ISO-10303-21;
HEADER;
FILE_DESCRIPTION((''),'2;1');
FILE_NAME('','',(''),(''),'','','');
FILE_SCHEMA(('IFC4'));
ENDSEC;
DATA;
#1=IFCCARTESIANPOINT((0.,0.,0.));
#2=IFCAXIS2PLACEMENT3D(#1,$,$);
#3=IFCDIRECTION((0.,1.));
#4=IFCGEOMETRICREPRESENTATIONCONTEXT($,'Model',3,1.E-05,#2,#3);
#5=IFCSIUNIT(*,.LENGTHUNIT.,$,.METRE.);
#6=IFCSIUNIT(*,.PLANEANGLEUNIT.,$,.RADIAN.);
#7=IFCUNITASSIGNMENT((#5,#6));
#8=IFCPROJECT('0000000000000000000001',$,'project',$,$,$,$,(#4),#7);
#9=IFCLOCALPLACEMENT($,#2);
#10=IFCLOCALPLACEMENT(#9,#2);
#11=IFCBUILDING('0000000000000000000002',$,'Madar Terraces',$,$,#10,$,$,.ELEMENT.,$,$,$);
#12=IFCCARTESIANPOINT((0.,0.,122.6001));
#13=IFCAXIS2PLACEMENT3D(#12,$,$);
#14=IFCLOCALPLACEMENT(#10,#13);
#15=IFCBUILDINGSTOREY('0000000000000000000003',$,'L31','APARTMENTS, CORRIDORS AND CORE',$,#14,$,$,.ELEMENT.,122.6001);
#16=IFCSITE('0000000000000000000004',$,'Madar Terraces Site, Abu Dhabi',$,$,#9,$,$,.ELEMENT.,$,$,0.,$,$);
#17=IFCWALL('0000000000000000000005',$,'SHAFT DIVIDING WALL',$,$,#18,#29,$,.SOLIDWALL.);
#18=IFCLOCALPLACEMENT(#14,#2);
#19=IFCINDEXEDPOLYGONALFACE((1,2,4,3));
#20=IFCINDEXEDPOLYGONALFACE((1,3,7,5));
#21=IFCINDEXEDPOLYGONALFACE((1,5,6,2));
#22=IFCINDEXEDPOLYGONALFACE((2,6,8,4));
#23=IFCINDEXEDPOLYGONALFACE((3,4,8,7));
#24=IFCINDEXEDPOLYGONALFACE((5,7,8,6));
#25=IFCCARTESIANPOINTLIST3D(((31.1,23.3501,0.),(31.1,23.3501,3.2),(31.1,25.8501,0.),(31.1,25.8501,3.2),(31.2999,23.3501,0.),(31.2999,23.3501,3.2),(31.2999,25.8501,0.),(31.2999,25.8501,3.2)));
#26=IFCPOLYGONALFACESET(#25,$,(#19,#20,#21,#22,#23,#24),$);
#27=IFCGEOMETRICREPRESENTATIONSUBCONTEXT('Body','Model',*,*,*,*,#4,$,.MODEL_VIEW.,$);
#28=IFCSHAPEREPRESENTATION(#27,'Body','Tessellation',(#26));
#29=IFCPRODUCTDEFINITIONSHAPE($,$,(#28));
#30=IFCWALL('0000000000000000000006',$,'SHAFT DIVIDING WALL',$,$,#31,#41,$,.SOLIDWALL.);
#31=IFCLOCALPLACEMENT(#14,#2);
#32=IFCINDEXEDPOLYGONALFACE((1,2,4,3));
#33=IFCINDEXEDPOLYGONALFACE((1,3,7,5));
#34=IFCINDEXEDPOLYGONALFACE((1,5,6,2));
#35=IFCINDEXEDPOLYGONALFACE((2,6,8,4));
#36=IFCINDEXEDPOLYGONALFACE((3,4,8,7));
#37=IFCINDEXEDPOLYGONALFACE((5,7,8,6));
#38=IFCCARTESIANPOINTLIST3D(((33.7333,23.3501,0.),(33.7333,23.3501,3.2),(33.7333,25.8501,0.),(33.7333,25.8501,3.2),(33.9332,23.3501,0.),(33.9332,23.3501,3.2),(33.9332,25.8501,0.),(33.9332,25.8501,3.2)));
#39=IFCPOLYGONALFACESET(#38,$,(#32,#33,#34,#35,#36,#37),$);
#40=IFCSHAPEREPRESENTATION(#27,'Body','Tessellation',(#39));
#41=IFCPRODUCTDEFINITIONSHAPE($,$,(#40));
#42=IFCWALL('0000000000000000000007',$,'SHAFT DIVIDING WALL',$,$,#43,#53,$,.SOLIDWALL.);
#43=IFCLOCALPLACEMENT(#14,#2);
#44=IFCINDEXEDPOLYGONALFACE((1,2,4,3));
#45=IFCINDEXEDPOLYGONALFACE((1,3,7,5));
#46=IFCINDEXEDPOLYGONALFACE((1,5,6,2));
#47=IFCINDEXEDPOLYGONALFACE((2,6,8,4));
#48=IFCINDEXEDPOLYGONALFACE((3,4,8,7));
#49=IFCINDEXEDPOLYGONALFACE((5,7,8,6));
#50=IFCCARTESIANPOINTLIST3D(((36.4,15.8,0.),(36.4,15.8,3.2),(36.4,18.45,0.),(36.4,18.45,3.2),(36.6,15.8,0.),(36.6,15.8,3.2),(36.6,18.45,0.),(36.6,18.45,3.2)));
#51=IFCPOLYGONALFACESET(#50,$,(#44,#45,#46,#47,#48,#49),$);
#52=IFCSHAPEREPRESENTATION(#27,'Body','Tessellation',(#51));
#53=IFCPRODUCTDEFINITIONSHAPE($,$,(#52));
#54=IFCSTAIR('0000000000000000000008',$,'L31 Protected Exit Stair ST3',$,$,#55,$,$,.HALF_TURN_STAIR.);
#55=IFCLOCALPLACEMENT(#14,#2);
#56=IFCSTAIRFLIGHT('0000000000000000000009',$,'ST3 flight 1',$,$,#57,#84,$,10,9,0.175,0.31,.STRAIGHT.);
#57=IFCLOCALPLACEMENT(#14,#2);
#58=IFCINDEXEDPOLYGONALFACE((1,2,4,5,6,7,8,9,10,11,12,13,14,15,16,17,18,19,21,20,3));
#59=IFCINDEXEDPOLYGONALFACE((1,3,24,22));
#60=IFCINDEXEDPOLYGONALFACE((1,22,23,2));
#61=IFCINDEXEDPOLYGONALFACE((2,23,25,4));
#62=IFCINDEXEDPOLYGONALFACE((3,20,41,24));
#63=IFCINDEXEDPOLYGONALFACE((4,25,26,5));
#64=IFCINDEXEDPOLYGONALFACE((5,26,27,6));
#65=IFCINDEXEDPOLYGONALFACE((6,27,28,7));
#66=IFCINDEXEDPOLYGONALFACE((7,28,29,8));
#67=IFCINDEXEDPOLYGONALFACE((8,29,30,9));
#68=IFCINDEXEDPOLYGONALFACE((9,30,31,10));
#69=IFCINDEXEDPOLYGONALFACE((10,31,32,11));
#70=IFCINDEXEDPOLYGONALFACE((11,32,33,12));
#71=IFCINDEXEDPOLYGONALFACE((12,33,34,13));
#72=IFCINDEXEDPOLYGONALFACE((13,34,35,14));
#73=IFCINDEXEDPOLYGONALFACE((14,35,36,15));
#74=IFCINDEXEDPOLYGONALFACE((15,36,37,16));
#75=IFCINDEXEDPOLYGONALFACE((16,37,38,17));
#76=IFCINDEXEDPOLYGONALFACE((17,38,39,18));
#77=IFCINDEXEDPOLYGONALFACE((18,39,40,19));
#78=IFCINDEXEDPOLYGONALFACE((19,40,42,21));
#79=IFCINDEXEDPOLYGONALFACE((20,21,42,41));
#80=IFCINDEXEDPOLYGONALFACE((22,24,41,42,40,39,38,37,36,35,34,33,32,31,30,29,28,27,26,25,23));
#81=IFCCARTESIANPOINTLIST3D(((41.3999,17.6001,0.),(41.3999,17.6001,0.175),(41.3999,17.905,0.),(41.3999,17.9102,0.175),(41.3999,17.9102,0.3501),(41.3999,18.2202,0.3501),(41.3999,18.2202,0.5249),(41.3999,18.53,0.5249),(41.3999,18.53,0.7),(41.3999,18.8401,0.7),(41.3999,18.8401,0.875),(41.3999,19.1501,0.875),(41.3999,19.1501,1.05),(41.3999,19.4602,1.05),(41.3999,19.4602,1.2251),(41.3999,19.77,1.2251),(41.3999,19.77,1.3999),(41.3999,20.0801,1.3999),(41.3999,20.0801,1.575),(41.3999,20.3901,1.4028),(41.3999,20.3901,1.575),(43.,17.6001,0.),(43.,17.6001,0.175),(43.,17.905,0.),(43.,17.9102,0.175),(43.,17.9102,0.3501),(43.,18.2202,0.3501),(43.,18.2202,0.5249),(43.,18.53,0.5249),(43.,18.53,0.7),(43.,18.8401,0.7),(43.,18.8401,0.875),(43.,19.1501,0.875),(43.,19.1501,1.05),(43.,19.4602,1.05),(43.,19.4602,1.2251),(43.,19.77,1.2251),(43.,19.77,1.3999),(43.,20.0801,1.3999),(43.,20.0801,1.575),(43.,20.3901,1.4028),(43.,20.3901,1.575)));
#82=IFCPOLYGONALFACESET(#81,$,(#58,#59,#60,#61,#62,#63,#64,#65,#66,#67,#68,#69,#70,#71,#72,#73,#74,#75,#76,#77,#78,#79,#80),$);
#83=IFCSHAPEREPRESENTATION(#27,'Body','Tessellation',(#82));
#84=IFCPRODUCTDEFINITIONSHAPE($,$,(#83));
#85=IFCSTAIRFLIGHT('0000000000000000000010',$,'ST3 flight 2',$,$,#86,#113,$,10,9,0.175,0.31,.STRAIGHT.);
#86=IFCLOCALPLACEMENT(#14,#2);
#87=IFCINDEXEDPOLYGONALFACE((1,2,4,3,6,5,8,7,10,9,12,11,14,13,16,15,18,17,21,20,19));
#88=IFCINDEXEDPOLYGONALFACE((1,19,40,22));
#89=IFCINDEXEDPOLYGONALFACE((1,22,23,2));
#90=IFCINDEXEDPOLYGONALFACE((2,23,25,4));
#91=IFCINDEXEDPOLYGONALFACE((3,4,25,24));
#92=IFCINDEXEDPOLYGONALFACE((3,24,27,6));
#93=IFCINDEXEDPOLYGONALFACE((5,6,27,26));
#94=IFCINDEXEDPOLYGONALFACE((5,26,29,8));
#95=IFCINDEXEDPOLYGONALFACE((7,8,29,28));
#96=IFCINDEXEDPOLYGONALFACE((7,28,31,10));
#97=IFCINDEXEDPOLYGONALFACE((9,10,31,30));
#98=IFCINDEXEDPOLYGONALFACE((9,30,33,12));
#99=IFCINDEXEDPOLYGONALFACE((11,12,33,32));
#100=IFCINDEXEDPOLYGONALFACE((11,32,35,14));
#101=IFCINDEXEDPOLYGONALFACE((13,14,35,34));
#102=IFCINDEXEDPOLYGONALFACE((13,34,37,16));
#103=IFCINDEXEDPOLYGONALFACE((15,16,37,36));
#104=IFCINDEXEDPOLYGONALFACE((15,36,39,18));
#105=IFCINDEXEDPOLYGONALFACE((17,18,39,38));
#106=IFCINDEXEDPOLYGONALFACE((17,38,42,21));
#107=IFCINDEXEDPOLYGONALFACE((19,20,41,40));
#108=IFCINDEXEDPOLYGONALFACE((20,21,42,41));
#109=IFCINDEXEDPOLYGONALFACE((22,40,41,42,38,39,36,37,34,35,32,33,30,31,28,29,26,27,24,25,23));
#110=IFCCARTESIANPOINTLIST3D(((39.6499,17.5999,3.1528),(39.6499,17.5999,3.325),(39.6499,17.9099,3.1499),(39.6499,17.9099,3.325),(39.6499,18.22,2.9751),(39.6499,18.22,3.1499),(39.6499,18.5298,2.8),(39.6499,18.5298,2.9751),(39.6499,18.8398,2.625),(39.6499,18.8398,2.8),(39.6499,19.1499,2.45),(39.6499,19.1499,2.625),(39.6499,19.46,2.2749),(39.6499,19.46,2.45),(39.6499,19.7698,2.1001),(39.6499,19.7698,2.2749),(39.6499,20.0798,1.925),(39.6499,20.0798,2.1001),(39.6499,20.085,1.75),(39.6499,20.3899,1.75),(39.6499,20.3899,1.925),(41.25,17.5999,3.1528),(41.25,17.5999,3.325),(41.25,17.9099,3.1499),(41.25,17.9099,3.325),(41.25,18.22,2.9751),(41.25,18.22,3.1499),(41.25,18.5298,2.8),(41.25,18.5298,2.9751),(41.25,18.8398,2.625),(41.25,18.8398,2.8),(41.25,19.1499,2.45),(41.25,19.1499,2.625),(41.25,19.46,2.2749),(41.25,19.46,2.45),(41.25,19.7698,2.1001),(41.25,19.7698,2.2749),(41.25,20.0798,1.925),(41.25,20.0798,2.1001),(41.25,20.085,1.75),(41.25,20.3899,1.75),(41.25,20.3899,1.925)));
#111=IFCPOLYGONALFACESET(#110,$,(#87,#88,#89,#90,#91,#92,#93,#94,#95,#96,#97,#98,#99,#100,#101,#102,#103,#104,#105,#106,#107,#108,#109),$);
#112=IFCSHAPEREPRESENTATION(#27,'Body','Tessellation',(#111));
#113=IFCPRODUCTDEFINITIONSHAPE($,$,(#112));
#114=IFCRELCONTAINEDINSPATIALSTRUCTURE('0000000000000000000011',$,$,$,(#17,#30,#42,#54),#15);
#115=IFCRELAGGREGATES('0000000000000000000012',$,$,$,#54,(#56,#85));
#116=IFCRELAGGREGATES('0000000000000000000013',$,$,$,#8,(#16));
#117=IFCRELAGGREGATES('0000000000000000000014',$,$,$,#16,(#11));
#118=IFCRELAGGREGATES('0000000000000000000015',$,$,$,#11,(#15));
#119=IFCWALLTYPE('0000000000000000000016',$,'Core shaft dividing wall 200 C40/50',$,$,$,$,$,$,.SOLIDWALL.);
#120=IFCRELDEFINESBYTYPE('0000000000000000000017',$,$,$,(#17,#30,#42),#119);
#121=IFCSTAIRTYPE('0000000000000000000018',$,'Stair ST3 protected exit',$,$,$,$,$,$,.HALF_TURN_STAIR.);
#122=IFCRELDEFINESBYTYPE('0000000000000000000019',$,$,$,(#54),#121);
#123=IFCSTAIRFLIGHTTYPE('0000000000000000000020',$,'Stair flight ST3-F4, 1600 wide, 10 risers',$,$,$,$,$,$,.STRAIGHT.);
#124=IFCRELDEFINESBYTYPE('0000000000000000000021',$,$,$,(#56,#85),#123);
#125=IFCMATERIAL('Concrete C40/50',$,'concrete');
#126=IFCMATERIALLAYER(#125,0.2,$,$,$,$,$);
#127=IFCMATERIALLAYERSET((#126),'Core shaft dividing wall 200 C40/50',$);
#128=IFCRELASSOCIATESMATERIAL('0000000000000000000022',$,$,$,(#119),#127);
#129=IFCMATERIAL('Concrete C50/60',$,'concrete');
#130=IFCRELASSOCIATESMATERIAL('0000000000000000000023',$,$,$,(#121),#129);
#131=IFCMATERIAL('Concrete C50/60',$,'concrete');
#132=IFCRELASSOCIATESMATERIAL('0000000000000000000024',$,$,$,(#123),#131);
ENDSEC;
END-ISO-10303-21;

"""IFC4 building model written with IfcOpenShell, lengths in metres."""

from ifc_helpers import new_model, si_unit, direction, frame, frame_2d, origin, place, context, subcontext, project, spatial, polyline, rectangle, outline, extrude, material, layer, layer_set, type_object, element, aggregate, save


model = new_model("IFC4")

# Units and contexts
model_context = context("Model", 3, precision=1e-05, world=origin(), true_north=direction((0.0, 1.0)))
body_context = subcontext(model_context, "Body", "Model", "MODEL_VIEW")
ifc_project = project(units=[si_unit("LENGTHUNIT", "METRE"), si_unit("PLANEANGLEUNIT", "RADIAN")], contexts=[model_context])

# Site, building, storey
site_placement = place(None, origin())
site = spatial("IfcSite", under=ifc_project, at=site_placement, Name="Madar Terraces Site, Abu Dhabi", CompositionType="ELEMENT", RefElevation=0.0)
building_placement = place(site_placement, origin())
building = spatial("IfcBuilding", under=site, at=building_placement, Name="Madar Terraces", CompositionType="ELEMENT")
storey_placement = place(building_placement, frame((0.0, 0.0, 122.6001)))
storey = spatial("IfcBuildingStorey", under=building, at=storey_placement, Name="L31", Description="APARTMENTS, CORRIDORS AND CORE", CompositionType="ELEMENT", Elevation=122.6001)

# Walls
ifc_material_1 = material(Name="Concrete C40/50", Category="concrete")
ifc_layer_1 = layer(ifc_material_1, 0.2)
ifc_layer_set_1 = layer_set([ifc_layer_1], Name="Core shaft dividing wall 200 C40/50")
wall_type_1 = type_object("IfcWallType", Name="Core shaft dividing wall 200 C40/50", PredefinedType="SOLIDWALL", material=ifc_layer_set_1)
for number, where, z_axis, x_axis, name in (
    (1, (31.2, 23.3501, 0.0), (0.0, 0.0, 1.0), (0.0, 1.0, 0.0), "SHAFT DIVIDING WALL"),
    (2, (33.8333, 23.3501, 0.0), (0.0, 0.0, 1.0), (0.0, 1.0, 0.0), "SHAFT DIVIDING WALL"),
):
    element("IfcWall", number, at=place(storey_placement, frame(where, z_axis=z_axis, x_axis=x_axis)), inside=storey, type_object=wall_type_1, Name=name, PredefinedType="SOLIDWALL", context=body_context, shape_type="SweptSolid", body=[
        extrude(rectangle(XDim=2.5, YDim=0.2, at=frame_2d((1.25, 0.0))), origin(), (0.0, 0.0, 1.0), 3.2),
    ])
wall_1_placement = place(storey_placement, frame((36.5, 15.8, 0.0), z_axis=(0.0, 0.0, 1.0), x_axis=(0.0, 1.0, 0.0)))
element("IfcWall", 3, at=wall_1_placement, inside=storey, type_object=wall_type_1, Name="SHAFT DIVIDING WALL", PredefinedType="SOLIDWALL", context=body_context, shape_type="SweptSolid", body=[
    extrude(rectangle(XDim=2.6499, YDim=0.2, at=frame_2d((1.325, 0.0))), origin(), (0.0, 0.0, 1.0), 3.2),
])

# Stair, stair flights
ifc_material_2 = material(Name="Concrete C50/60", Category="concrete")
stair_type = type_object("IfcStairType", Name="Stair ST3 protected exit", PredefinedType="HALF_TURN_STAIR", material=ifc_material_2)
stair_placement = place(storey_placement, origin())
stair = element("IfcStair", 4, at=stair_placement, inside=storey, type_object=stair_type, Name="L31 Protected Exit Stair ST3", PredefinedType="HALF_TURN_STAIR")
ifc_material_3 = material(Name="Concrete C50/60", Category="concrete")
stair_flight_type = type_object("IfcStairFlightType", Name="Stair flight ST3-F4, 1600 wide, 10 risers", PredefinedType="STRAIGHT", material=ifc_material_3)
stair_flight_1_placement = place(storey_placement, frame((42.2, 17.6001, 0.0), z_axis=(0.0, 0.0, 1.0), x_axis=(0.0, 1.0, 0.0)))
stair_flight_1 = element("IfcStairFlight", 5, at=stair_flight_1_placement, type_object=stair_flight_type, Name="ST3 flight 1", NumberOfRisers=10, NumberOfTreads=9, PredefinedType="STRAIGHT", RiserHeight=0.175, TreadLength=0.31, context=body_context, shape_type="SweptSolid", body=[
    extrude(outline(polyline([(0.0, 0.0), (0.0, 0.175), (0.3101, 0.175), (0.3101, 0.3501), (0.6201, 0.3501), (0.6201, 0.5249), (0.9299, 0.5249), (0.9299, 0.7), (1.24, 0.7), (1.24, 0.875), (1.55, 0.875), (1.55, 1.05), (1.8601, 1.05), (1.8601, 1.2251), (2.1699, 1.2251), (2.1699, 1.3999), (2.48, 1.3999), (2.48, 1.575), (2.79, 1.575), (2.79, 1.75), (2.79, 1.4028), (0.3049, 0.0), (0.0, 0.0)])), frame((0.0, 0.8, 0.0), z_axis=(0.0, -1.0, 0.0), x_axis=(1.0, 0.0, 0.0)), (0.0, 0.0, 1.0), 1.6001),
])
stair_flight_2_placement = place(storey_placement, frame((40.45, 20.3899, 1.75), z_axis=(0.0, 0.0, 1.0), x_axis=(0.0, -1.0, 0.0)))
stair_flight_2 = element("IfcStairFlight", 6, at=stair_flight_2_placement, type_object=stair_flight_type, Name="ST3 flight 2", NumberOfRisers=10, NumberOfTreads=9, PredefinedType="STRAIGHT", RiserHeight=0.175, TreadLength=0.31, context=body_context, shape_type="SweptSolid", body=[
    extrude(outline(polyline([(0.0, 0.0), (0.0, 0.175), (0.3101, 0.175), (0.3101, 0.3501), (0.6201, 0.3501), (0.6201, 0.5249), (0.9299, 0.5249), (0.9299, 0.7), (1.24, 0.7), (1.24, 0.875), (1.55, 0.875), (1.55, 1.05), (1.8601, 1.05), (1.8601, 1.2251), (2.1699, 1.2251), (2.1699, 1.3999), (2.48, 1.3999), (2.48, 1.575), (2.79, 1.575), (2.79, 1.75), (2.79, 1.4028), (0.3049, 0.0), (0.0, 0.0)])), frame((0.0, 0.8, 0.0), z_axis=(0.0, -1.0, 0.0), x_axis=(1.0, 0.0, 0.0)), (0.0, 0.0, 1.0), 1.6001),
])
aggregate(stair, [stair_flight_1, stair_flight_2])

save(model, "model.ifc")
